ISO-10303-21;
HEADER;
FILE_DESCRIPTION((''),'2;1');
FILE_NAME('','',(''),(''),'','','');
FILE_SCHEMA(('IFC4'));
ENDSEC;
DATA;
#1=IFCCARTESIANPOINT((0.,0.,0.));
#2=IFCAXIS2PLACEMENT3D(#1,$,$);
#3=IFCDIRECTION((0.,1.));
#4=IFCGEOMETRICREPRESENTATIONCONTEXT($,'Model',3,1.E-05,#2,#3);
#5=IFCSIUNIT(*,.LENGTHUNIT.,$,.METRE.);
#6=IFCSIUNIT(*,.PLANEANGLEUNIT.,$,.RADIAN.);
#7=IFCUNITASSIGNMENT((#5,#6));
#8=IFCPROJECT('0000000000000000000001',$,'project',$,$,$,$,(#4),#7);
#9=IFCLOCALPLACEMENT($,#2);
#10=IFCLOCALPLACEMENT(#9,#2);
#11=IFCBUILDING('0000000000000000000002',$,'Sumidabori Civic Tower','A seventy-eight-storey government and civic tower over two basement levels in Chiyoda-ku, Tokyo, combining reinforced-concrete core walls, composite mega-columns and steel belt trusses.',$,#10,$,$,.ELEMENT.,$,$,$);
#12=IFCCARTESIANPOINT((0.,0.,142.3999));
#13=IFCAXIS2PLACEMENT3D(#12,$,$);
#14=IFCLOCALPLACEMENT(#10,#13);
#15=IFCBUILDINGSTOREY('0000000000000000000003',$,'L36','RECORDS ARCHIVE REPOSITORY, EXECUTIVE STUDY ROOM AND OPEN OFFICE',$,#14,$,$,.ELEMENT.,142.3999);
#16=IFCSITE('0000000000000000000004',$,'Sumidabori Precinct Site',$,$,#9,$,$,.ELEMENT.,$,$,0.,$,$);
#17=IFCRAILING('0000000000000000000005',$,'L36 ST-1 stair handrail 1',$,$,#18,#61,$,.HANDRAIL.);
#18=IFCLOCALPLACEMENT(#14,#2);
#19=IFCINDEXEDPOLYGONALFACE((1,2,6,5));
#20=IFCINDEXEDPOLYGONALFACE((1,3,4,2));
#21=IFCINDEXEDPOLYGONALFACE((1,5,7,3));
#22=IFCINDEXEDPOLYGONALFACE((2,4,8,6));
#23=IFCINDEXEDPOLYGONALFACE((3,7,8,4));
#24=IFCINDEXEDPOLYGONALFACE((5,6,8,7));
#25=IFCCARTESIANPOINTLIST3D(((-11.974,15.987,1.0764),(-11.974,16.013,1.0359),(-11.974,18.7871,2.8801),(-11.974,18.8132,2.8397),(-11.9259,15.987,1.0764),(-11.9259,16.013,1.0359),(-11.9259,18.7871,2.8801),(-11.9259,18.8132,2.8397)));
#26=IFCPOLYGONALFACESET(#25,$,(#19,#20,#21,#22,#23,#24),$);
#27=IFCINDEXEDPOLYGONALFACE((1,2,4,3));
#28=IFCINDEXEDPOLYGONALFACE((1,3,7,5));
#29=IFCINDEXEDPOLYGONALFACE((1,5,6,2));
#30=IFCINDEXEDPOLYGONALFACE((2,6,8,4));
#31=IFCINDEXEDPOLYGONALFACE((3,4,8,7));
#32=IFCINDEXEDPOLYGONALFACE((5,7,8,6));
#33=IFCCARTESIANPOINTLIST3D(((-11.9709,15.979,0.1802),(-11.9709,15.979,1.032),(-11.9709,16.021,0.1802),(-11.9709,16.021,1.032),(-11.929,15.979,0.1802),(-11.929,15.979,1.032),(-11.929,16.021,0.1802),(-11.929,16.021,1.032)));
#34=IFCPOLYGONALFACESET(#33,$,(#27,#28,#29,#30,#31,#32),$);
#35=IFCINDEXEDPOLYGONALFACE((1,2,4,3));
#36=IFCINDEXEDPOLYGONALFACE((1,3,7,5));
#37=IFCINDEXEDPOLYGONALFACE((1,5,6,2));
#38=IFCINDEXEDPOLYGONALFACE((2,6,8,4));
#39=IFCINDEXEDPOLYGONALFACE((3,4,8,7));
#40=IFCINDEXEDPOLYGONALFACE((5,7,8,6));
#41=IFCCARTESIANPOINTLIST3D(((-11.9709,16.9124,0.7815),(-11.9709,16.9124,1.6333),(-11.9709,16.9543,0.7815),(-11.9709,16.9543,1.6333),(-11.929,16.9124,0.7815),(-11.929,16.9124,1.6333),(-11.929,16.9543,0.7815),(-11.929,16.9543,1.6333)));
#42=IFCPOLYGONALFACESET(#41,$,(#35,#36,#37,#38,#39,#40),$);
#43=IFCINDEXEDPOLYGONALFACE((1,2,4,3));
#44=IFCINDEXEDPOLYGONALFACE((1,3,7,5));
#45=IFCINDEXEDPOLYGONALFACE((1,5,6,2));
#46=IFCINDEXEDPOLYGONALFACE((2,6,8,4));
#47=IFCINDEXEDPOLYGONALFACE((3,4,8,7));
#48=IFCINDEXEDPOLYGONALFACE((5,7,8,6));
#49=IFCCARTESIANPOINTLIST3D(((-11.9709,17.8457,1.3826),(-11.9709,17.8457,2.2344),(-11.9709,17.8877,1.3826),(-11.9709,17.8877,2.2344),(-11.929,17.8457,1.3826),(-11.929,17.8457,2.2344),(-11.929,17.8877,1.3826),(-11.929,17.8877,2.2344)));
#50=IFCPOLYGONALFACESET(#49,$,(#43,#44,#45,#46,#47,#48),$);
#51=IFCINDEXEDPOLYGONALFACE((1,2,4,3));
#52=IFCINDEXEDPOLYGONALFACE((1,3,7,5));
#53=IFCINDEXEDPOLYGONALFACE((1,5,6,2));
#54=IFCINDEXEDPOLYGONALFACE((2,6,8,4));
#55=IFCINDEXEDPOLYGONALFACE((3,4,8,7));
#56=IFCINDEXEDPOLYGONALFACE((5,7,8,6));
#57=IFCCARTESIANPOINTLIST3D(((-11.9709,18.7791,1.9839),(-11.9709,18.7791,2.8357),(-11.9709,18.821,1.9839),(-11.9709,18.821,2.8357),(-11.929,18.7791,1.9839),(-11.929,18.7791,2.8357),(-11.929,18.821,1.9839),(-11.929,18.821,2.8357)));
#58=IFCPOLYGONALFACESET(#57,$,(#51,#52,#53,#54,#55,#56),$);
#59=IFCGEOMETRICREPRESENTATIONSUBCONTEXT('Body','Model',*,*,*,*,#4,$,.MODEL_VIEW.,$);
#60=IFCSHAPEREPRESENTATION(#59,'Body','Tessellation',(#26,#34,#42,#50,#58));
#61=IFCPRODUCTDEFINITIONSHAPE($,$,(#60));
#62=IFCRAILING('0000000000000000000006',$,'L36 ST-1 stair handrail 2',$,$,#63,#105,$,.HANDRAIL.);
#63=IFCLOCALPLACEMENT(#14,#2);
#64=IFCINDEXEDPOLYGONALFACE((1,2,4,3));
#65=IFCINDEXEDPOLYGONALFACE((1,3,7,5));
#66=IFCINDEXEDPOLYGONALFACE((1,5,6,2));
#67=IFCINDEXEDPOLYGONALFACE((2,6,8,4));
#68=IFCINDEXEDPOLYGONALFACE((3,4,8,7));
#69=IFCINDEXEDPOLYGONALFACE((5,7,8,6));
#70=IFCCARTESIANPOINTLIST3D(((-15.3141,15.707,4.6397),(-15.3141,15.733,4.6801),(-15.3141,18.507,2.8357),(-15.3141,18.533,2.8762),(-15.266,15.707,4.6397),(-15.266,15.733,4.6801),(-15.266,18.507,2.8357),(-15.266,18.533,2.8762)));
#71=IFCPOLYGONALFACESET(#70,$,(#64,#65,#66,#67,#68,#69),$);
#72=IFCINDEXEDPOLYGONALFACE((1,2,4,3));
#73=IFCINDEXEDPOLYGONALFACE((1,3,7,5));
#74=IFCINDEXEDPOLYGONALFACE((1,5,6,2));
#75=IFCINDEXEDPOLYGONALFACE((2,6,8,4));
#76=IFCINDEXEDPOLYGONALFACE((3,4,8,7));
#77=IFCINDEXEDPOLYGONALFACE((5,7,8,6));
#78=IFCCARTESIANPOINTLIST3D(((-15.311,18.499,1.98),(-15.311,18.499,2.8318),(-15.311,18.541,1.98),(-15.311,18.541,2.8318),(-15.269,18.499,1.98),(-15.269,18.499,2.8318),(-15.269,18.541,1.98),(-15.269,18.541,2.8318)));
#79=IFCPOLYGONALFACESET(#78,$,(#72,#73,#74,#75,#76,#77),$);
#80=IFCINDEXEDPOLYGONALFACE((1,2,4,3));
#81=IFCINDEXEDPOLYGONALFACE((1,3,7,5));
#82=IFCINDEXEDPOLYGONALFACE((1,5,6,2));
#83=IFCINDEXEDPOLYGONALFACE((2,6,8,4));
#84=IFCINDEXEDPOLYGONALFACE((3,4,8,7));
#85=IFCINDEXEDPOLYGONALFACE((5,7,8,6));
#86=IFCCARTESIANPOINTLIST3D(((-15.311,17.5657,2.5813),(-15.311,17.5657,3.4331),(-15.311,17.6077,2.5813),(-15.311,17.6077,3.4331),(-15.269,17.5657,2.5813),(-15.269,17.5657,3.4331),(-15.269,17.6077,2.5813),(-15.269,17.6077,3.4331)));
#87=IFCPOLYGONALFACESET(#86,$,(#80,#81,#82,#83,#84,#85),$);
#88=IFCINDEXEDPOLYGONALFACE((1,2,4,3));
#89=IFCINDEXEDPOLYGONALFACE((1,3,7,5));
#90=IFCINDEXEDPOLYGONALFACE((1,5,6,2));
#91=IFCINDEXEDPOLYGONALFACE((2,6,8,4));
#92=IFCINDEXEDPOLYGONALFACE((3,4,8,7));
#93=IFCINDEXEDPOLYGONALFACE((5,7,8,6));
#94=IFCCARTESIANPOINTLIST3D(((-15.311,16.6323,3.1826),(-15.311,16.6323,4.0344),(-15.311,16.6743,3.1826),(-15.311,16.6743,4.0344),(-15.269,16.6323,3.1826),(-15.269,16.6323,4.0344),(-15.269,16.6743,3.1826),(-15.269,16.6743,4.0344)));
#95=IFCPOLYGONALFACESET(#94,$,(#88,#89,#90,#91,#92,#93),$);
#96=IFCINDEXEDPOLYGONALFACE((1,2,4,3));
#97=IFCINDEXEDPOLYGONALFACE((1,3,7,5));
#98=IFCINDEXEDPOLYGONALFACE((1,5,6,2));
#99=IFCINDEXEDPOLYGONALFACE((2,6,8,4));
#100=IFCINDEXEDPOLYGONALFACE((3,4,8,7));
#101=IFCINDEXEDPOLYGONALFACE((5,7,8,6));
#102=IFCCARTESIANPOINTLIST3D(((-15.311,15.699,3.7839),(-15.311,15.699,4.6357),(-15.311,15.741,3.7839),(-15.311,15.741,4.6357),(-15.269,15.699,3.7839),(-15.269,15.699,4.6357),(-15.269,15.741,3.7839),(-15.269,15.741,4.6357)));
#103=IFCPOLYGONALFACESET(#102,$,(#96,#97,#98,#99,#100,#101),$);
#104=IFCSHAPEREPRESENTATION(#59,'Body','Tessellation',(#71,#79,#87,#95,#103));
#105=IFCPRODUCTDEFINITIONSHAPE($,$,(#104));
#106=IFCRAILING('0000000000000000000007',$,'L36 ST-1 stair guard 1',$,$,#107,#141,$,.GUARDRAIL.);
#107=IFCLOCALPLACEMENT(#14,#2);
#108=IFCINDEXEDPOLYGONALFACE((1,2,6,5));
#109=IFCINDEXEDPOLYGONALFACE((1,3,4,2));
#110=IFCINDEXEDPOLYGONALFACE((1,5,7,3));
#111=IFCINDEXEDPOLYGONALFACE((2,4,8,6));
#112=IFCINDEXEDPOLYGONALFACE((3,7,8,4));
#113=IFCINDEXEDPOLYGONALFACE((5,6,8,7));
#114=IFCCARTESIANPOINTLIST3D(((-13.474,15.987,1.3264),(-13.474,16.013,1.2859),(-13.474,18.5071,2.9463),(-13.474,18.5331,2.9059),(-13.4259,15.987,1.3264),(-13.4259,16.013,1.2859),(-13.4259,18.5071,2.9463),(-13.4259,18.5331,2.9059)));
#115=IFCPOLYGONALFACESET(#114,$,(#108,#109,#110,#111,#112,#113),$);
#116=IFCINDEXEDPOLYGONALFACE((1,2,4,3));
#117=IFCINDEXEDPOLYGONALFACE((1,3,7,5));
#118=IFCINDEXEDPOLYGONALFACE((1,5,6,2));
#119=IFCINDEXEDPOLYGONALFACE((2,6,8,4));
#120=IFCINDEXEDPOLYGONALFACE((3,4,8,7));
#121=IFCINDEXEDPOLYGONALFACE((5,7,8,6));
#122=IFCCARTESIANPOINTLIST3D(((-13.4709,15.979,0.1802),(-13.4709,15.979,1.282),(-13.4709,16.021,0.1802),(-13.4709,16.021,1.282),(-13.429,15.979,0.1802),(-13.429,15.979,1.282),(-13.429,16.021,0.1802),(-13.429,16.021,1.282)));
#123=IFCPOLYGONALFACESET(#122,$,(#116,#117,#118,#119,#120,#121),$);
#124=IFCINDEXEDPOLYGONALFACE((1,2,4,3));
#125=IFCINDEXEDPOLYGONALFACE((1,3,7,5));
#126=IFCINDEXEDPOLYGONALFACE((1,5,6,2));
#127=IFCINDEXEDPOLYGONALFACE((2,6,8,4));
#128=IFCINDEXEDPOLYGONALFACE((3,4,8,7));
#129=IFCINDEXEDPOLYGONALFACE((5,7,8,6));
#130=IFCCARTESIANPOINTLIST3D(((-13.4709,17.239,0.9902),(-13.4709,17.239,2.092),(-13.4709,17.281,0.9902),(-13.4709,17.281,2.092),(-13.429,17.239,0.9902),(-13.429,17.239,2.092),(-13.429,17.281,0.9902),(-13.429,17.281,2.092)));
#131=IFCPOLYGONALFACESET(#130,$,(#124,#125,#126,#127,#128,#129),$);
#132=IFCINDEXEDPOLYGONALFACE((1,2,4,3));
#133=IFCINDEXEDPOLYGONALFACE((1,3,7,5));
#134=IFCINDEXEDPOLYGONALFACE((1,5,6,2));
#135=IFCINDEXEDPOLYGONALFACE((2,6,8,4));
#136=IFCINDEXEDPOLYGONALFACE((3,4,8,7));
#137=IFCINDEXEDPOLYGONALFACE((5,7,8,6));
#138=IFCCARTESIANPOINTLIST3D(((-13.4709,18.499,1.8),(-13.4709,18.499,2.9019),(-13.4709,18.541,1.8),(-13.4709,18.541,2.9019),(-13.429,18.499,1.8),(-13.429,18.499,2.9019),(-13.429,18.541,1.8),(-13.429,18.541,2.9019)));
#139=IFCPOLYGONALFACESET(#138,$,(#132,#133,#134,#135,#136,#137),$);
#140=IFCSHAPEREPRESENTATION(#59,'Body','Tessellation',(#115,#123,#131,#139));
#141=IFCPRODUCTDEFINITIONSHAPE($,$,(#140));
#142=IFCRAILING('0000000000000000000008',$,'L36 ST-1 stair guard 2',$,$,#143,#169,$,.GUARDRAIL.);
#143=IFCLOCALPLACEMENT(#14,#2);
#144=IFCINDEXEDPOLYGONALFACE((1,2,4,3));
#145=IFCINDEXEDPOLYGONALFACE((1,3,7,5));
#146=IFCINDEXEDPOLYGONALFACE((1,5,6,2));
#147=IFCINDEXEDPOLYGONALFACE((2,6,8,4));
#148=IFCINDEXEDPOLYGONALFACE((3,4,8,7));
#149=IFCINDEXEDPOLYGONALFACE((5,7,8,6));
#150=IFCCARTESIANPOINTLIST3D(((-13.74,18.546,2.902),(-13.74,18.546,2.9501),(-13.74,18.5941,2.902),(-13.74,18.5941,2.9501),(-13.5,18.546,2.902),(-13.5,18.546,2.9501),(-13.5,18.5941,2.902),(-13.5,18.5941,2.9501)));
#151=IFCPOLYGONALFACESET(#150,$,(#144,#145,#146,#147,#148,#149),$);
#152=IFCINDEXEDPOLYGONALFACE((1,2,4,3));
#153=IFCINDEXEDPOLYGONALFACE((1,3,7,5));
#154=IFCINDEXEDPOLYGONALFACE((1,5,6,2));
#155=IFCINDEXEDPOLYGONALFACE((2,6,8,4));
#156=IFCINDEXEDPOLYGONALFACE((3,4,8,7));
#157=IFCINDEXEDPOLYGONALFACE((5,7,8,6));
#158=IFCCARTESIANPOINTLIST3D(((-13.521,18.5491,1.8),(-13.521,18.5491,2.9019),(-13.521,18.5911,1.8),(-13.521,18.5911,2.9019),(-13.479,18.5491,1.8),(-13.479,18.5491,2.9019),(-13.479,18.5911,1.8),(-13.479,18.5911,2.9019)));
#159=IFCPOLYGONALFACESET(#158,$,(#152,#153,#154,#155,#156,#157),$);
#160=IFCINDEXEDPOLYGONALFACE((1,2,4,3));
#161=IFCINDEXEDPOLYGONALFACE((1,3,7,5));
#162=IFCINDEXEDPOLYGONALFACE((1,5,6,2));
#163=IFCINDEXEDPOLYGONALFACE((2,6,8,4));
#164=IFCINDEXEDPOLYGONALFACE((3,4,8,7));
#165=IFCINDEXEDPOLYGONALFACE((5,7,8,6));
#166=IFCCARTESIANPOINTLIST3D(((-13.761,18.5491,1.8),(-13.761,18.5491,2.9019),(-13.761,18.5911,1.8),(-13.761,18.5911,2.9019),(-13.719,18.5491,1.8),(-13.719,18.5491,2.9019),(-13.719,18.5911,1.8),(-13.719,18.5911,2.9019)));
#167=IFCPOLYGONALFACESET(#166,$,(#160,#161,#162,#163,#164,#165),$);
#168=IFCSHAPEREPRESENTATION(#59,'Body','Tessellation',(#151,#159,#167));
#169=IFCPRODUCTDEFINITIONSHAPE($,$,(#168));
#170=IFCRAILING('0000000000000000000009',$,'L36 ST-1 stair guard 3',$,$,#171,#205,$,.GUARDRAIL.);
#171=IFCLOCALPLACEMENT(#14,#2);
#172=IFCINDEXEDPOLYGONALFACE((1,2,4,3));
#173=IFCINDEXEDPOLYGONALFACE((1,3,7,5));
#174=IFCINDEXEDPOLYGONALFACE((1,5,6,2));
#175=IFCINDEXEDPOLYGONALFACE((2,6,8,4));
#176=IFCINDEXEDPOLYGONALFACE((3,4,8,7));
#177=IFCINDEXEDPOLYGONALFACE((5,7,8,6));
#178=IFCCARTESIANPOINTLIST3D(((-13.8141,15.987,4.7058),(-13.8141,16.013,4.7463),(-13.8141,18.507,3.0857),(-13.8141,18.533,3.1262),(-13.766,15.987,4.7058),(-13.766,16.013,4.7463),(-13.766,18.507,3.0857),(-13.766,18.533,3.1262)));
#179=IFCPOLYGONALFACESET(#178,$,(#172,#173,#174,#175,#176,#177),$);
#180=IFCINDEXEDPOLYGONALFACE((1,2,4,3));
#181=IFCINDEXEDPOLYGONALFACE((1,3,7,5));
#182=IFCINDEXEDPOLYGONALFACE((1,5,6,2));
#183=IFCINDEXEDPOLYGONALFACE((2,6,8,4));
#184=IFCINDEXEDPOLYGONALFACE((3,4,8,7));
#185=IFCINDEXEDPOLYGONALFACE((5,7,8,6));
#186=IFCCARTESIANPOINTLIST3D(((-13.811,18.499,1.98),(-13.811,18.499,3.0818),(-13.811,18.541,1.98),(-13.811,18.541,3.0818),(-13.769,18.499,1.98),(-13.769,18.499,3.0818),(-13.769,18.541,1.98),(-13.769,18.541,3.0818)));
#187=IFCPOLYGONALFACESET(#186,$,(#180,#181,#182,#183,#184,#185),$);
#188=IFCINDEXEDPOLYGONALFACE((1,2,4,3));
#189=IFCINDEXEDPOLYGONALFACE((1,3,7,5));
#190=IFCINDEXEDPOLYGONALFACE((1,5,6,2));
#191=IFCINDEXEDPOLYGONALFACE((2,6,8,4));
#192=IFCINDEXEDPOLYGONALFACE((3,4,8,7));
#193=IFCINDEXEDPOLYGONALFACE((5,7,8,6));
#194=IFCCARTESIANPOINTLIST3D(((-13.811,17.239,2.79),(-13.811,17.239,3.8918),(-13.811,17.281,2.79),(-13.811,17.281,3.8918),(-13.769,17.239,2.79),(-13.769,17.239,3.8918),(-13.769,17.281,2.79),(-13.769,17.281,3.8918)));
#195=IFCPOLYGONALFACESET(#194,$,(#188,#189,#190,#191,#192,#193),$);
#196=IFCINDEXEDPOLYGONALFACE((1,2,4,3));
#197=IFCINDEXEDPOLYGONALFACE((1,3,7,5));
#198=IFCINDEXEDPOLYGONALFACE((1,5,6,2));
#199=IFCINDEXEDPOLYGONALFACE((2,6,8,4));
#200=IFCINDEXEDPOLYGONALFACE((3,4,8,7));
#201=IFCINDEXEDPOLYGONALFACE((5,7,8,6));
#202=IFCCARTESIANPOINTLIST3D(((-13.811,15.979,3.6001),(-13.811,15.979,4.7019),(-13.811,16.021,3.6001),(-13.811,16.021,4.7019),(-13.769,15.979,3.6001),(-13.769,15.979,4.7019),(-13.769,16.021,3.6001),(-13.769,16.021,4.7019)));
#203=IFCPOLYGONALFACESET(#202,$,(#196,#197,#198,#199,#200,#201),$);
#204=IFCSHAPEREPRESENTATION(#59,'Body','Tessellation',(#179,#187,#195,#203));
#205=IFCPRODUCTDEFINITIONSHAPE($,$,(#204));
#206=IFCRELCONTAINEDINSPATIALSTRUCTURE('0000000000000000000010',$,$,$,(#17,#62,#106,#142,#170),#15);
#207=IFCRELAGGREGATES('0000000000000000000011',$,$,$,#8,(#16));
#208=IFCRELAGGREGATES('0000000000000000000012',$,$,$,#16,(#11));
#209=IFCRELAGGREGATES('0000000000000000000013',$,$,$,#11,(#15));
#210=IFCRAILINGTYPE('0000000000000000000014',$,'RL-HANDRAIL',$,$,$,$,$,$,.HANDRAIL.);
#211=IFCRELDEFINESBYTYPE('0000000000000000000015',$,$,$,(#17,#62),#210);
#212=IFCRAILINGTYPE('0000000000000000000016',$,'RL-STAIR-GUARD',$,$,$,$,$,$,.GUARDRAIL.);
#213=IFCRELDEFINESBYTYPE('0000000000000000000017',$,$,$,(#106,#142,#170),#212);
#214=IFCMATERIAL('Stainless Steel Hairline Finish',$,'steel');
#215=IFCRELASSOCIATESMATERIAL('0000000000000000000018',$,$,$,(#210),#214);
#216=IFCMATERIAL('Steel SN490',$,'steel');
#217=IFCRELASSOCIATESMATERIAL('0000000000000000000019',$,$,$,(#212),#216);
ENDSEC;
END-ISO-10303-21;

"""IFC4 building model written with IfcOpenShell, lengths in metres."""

from ifc_helpers import new_model, si_unit, direction, frame, origin, origin_2d, place, context, subcontext, project, spatial, rectangle, extrude, material, type_object, element, save


model = new_model("IFC4")

# Units and contexts
model_context = context("Model", 3, precision=1e-05, world=origin(), true_north=direction((0.0, 1.0)))
body_context = subcontext(model_context, "Body", "Model", "MODEL_VIEW")
ifc_project = project(units=[si_unit("LENGTHUNIT", "METRE"), si_unit("PLANEANGLEUNIT", "RADIAN")], contexts=[model_context])

# Site, building, storey
site_placement = place(None, origin())
site = spatial("IfcSite", under=ifc_project, at=site_placement, Name="Sumidabori Precinct Site", CompositionType="ELEMENT", RefElevation=0.0)
building_placement = place(site_placement, origin())
building = spatial("IfcBuilding", under=site, at=building_placement, Name="Sumidabori Civic Tower", Description="A seventy-eight-storey government and civic tower over two basement levels in Chiyoda-ku, Tokyo, combining reinforced-concrete core walls, composite mega-columns and steel belt trusses.", CompositionType="ELEMENT")
storey_placement = place(building_placement, frame((0.0, 0.0, 142.3999)))
storey = spatial("IfcBuildingStorey", under=building, at=storey_placement, Name="L36", Description="RECORDS ARCHIVE REPOSITORY, EXECUTIVE STUDY ROOM AND OPEN OFFICE", CompositionType="ELEMENT", Elevation=142.3999)

# Shared definitions
ifc_material_1 = material(Name="Steel SN490", Category="steel")

# Shared definitions
ifc_material_2 = material(Name="Stainless Steel Hairline Finish", Category="steel")

# Railings
railing_type_1 = type_object("IfcRailingType", Name="RL-HANDRAIL", PredefinedType="HANDRAIL", material=ifc_material_2)
railing_1_placement = place(storey_placement, frame((-11.95, 16.0, 0.1802)))
element("IfcRailing", 1, at=railing_1_placement, inside=storey, type_object=railing_type_1, Name="L36 ST-1 stair handrail 1", PredefinedType="HANDRAIL", context=body_context, shape_type="SweptSolid", body=[
    extrude(rectangle(XDim=0.0481, YDim=0.0481, at=origin_2d()), frame((0.0, 0.0, 0.876), z_axis=(0.0, 0.840676, 0.541539), x_axis=(-1.0, 0.0, 0.0)), (0.0, 0.0, 1.0), 3.3308),
    extrude(rectangle(XDim=0.042, YDim=0.042, at=origin_2d()), origin(), (0.0, 0.0, 1.0), 0.8518),
    extrude(rectangle(XDim=0.042, YDim=0.042, at=origin_2d()), frame((0.0, 0.9333, 0.6013)), (0.0, 0.0, 1.0), 0.8518),
    extrude(rectangle(XDim=0.042, YDim=0.042, at=origin_2d()), frame((0.0, 1.8667, 1.2024)), (0.0, 0.0, 1.0), 0.8518),
    extrude(rectangle(XDim=0.042, YDim=0.042, at=origin_2d()), frame((0.0, 2.8, 1.8037)), (0.0, 0.0, 1.0), 0.8518),
])
railing_2_placement = place(storey_placement, frame((-15.29, 18.52, 1.98)))
element("IfcRailing", 2, at=railing_2_placement, inside=storey, type_object=railing_type_1, Name="L36 ST-1 stair handrail 2", PredefinedType="HANDRAIL", context=body_context, shape_type="SweptSolid", body=[
    extrude(rectangle(XDim=0.0481, YDim=0.0481, at=origin_2d()), frame((0.0, 0.0, 0.876), z_axis=(0.0, -0.840642, 0.541591), x_axis=(1.0, 0.0, 0.0)), (0.0, 0.0, 1.0), 3.3308),
    extrude(rectangle(XDim=0.042, YDim=0.042, at=origin_2d()), origin(), (0.0, 0.0, 1.0), 0.8518),
    extrude(rectangle(XDim=0.042, YDim=0.042, at=origin_2d()), frame((0.0, -0.9333, 0.6013)), (0.0, 0.0, 1.0), 0.8518),
    extrude(rectangle(XDim=0.042, YDim=0.042, at=origin_2d()), frame((0.0, -1.8667, 1.2026)), (0.0, 0.0, 1.0), 0.8518),
    extrude(rectangle(XDim=0.042, YDim=0.042, at=origin_2d()), frame((0.0, -2.8, 1.804)), (0.0, 0.0, 1.0), 0.8518),
])
railing_type_2 = type_object("IfcRailingType", Name="RL-STAIR-GUARD", PredefinedType="GUARDRAIL", material=ifc_material_1)
railing_3_placement = place(storey_placement, frame((-13.45, 16.0, 0.1802)))
element("IfcRailing", 3, at=railing_3_placement, inside=storey, type_object=railing_type_2, Name="L36 ST-1 stair guard 1", PredefinedType="GUARDRAIL", context=body_context, shape_type="SweptSolid", body=[
    extrude(rectangle(XDim=0.0481, YDim=0.0481, at=origin_2d()), frame((0.0, 0.0, 1.126), z_axis=(0.0, 0.8412, 0.540725), x_axis=(-1.0, 0.0, 0.0)), (0.0, 0.0, 1.0), 2.9958),
    extrude(rectangle(XDim=0.042, YDim=0.042, at=origin_2d()), origin(), (0.0, 0.0, 1.0), 1.1018),
    extrude(rectangle(XDim=0.042, YDim=0.042, at=origin_2d()), frame((0.0, 1.26, 0.8101)), (0.0, 0.0, 1.0), 1.1018),
    extrude(rectangle(XDim=0.042, YDim=0.042, at=origin_2d()), frame((0.0, 2.52, 1.6199)), (0.0, 0.0, 1.0), 1.1018),
])
railing_4_placement = place(storey_placement, frame((-13.5, 18.5701, 1.8)))
element("IfcRailing", 4, at=railing_4_placement, inside=storey, type_object=railing_type_2, Name="L36 ST-1 stair guard 2", PredefinedType="GUARDRAIL", context=body_context, shape_type="SweptSolid", body=[
    extrude(rectangle(XDim=0.0481, YDim=0.0481, at=origin_2d()), frame((0.0, 0.0, 1.126), z_axis=(-1.0, 0.0, 0.0), x_axis=(0.0, -1.0, 0.0)), (0.0, 0.0, 1.0), 0.24),
    extrude(rectangle(XDim=0.042, YDim=0.042, at=origin_2d()), origin(), (0.0, 0.0, 1.0), 1.1018),
    extrude(rectangle(XDim=0.042, YDim=0.042, at=origin_2d()), frame((-0.24, 0.0, 0.0)), (0.0, 0.0, 1.0), 1.1018),
])
railing_5_placement = place(storey_placement, frame((-13.79, 18.52, 1.98)))
element("IfcRailing", 5, at=railing_5_placement, inside=storey, type_object=railing_type_2, Name="L36 ST-1 stair guard 3", PredefinedType="GUARDRAIL", context=body_context, shape_type="SweptSolid", body=[
    extrude(rectangle(XDim=0.0481, YDim=0.0481, at=origin_2d()), frame((0.0, 0.0, 1.126), z_axis=(0.0, -0.841163, 0.540782), x_axis=(1.0, 0.0, 0.0)), (0.0, 0.0, 1.0), 2.9958),
    extrude(rectangle(XDim=0.042, YDim=0.042, at=origin_2d()), origin(), (0.0, 0.0, 1.0), 1.1018),
    extrude(rectangle(XDim=0.042, YDim=0.042, at=origin_2d()), frame((0.0, -1.26, 0.8101)), (0.0, 0.0, 1.0), 1.1018),
    extrude(rectangle(XDim=0.042, YDim=0.042, at=origin_2d()), frame((0.0, -2.52, 1.6201)), (0.0, 0.0, 1.0), 1.1018),
])

save(model, "model.ifc")
